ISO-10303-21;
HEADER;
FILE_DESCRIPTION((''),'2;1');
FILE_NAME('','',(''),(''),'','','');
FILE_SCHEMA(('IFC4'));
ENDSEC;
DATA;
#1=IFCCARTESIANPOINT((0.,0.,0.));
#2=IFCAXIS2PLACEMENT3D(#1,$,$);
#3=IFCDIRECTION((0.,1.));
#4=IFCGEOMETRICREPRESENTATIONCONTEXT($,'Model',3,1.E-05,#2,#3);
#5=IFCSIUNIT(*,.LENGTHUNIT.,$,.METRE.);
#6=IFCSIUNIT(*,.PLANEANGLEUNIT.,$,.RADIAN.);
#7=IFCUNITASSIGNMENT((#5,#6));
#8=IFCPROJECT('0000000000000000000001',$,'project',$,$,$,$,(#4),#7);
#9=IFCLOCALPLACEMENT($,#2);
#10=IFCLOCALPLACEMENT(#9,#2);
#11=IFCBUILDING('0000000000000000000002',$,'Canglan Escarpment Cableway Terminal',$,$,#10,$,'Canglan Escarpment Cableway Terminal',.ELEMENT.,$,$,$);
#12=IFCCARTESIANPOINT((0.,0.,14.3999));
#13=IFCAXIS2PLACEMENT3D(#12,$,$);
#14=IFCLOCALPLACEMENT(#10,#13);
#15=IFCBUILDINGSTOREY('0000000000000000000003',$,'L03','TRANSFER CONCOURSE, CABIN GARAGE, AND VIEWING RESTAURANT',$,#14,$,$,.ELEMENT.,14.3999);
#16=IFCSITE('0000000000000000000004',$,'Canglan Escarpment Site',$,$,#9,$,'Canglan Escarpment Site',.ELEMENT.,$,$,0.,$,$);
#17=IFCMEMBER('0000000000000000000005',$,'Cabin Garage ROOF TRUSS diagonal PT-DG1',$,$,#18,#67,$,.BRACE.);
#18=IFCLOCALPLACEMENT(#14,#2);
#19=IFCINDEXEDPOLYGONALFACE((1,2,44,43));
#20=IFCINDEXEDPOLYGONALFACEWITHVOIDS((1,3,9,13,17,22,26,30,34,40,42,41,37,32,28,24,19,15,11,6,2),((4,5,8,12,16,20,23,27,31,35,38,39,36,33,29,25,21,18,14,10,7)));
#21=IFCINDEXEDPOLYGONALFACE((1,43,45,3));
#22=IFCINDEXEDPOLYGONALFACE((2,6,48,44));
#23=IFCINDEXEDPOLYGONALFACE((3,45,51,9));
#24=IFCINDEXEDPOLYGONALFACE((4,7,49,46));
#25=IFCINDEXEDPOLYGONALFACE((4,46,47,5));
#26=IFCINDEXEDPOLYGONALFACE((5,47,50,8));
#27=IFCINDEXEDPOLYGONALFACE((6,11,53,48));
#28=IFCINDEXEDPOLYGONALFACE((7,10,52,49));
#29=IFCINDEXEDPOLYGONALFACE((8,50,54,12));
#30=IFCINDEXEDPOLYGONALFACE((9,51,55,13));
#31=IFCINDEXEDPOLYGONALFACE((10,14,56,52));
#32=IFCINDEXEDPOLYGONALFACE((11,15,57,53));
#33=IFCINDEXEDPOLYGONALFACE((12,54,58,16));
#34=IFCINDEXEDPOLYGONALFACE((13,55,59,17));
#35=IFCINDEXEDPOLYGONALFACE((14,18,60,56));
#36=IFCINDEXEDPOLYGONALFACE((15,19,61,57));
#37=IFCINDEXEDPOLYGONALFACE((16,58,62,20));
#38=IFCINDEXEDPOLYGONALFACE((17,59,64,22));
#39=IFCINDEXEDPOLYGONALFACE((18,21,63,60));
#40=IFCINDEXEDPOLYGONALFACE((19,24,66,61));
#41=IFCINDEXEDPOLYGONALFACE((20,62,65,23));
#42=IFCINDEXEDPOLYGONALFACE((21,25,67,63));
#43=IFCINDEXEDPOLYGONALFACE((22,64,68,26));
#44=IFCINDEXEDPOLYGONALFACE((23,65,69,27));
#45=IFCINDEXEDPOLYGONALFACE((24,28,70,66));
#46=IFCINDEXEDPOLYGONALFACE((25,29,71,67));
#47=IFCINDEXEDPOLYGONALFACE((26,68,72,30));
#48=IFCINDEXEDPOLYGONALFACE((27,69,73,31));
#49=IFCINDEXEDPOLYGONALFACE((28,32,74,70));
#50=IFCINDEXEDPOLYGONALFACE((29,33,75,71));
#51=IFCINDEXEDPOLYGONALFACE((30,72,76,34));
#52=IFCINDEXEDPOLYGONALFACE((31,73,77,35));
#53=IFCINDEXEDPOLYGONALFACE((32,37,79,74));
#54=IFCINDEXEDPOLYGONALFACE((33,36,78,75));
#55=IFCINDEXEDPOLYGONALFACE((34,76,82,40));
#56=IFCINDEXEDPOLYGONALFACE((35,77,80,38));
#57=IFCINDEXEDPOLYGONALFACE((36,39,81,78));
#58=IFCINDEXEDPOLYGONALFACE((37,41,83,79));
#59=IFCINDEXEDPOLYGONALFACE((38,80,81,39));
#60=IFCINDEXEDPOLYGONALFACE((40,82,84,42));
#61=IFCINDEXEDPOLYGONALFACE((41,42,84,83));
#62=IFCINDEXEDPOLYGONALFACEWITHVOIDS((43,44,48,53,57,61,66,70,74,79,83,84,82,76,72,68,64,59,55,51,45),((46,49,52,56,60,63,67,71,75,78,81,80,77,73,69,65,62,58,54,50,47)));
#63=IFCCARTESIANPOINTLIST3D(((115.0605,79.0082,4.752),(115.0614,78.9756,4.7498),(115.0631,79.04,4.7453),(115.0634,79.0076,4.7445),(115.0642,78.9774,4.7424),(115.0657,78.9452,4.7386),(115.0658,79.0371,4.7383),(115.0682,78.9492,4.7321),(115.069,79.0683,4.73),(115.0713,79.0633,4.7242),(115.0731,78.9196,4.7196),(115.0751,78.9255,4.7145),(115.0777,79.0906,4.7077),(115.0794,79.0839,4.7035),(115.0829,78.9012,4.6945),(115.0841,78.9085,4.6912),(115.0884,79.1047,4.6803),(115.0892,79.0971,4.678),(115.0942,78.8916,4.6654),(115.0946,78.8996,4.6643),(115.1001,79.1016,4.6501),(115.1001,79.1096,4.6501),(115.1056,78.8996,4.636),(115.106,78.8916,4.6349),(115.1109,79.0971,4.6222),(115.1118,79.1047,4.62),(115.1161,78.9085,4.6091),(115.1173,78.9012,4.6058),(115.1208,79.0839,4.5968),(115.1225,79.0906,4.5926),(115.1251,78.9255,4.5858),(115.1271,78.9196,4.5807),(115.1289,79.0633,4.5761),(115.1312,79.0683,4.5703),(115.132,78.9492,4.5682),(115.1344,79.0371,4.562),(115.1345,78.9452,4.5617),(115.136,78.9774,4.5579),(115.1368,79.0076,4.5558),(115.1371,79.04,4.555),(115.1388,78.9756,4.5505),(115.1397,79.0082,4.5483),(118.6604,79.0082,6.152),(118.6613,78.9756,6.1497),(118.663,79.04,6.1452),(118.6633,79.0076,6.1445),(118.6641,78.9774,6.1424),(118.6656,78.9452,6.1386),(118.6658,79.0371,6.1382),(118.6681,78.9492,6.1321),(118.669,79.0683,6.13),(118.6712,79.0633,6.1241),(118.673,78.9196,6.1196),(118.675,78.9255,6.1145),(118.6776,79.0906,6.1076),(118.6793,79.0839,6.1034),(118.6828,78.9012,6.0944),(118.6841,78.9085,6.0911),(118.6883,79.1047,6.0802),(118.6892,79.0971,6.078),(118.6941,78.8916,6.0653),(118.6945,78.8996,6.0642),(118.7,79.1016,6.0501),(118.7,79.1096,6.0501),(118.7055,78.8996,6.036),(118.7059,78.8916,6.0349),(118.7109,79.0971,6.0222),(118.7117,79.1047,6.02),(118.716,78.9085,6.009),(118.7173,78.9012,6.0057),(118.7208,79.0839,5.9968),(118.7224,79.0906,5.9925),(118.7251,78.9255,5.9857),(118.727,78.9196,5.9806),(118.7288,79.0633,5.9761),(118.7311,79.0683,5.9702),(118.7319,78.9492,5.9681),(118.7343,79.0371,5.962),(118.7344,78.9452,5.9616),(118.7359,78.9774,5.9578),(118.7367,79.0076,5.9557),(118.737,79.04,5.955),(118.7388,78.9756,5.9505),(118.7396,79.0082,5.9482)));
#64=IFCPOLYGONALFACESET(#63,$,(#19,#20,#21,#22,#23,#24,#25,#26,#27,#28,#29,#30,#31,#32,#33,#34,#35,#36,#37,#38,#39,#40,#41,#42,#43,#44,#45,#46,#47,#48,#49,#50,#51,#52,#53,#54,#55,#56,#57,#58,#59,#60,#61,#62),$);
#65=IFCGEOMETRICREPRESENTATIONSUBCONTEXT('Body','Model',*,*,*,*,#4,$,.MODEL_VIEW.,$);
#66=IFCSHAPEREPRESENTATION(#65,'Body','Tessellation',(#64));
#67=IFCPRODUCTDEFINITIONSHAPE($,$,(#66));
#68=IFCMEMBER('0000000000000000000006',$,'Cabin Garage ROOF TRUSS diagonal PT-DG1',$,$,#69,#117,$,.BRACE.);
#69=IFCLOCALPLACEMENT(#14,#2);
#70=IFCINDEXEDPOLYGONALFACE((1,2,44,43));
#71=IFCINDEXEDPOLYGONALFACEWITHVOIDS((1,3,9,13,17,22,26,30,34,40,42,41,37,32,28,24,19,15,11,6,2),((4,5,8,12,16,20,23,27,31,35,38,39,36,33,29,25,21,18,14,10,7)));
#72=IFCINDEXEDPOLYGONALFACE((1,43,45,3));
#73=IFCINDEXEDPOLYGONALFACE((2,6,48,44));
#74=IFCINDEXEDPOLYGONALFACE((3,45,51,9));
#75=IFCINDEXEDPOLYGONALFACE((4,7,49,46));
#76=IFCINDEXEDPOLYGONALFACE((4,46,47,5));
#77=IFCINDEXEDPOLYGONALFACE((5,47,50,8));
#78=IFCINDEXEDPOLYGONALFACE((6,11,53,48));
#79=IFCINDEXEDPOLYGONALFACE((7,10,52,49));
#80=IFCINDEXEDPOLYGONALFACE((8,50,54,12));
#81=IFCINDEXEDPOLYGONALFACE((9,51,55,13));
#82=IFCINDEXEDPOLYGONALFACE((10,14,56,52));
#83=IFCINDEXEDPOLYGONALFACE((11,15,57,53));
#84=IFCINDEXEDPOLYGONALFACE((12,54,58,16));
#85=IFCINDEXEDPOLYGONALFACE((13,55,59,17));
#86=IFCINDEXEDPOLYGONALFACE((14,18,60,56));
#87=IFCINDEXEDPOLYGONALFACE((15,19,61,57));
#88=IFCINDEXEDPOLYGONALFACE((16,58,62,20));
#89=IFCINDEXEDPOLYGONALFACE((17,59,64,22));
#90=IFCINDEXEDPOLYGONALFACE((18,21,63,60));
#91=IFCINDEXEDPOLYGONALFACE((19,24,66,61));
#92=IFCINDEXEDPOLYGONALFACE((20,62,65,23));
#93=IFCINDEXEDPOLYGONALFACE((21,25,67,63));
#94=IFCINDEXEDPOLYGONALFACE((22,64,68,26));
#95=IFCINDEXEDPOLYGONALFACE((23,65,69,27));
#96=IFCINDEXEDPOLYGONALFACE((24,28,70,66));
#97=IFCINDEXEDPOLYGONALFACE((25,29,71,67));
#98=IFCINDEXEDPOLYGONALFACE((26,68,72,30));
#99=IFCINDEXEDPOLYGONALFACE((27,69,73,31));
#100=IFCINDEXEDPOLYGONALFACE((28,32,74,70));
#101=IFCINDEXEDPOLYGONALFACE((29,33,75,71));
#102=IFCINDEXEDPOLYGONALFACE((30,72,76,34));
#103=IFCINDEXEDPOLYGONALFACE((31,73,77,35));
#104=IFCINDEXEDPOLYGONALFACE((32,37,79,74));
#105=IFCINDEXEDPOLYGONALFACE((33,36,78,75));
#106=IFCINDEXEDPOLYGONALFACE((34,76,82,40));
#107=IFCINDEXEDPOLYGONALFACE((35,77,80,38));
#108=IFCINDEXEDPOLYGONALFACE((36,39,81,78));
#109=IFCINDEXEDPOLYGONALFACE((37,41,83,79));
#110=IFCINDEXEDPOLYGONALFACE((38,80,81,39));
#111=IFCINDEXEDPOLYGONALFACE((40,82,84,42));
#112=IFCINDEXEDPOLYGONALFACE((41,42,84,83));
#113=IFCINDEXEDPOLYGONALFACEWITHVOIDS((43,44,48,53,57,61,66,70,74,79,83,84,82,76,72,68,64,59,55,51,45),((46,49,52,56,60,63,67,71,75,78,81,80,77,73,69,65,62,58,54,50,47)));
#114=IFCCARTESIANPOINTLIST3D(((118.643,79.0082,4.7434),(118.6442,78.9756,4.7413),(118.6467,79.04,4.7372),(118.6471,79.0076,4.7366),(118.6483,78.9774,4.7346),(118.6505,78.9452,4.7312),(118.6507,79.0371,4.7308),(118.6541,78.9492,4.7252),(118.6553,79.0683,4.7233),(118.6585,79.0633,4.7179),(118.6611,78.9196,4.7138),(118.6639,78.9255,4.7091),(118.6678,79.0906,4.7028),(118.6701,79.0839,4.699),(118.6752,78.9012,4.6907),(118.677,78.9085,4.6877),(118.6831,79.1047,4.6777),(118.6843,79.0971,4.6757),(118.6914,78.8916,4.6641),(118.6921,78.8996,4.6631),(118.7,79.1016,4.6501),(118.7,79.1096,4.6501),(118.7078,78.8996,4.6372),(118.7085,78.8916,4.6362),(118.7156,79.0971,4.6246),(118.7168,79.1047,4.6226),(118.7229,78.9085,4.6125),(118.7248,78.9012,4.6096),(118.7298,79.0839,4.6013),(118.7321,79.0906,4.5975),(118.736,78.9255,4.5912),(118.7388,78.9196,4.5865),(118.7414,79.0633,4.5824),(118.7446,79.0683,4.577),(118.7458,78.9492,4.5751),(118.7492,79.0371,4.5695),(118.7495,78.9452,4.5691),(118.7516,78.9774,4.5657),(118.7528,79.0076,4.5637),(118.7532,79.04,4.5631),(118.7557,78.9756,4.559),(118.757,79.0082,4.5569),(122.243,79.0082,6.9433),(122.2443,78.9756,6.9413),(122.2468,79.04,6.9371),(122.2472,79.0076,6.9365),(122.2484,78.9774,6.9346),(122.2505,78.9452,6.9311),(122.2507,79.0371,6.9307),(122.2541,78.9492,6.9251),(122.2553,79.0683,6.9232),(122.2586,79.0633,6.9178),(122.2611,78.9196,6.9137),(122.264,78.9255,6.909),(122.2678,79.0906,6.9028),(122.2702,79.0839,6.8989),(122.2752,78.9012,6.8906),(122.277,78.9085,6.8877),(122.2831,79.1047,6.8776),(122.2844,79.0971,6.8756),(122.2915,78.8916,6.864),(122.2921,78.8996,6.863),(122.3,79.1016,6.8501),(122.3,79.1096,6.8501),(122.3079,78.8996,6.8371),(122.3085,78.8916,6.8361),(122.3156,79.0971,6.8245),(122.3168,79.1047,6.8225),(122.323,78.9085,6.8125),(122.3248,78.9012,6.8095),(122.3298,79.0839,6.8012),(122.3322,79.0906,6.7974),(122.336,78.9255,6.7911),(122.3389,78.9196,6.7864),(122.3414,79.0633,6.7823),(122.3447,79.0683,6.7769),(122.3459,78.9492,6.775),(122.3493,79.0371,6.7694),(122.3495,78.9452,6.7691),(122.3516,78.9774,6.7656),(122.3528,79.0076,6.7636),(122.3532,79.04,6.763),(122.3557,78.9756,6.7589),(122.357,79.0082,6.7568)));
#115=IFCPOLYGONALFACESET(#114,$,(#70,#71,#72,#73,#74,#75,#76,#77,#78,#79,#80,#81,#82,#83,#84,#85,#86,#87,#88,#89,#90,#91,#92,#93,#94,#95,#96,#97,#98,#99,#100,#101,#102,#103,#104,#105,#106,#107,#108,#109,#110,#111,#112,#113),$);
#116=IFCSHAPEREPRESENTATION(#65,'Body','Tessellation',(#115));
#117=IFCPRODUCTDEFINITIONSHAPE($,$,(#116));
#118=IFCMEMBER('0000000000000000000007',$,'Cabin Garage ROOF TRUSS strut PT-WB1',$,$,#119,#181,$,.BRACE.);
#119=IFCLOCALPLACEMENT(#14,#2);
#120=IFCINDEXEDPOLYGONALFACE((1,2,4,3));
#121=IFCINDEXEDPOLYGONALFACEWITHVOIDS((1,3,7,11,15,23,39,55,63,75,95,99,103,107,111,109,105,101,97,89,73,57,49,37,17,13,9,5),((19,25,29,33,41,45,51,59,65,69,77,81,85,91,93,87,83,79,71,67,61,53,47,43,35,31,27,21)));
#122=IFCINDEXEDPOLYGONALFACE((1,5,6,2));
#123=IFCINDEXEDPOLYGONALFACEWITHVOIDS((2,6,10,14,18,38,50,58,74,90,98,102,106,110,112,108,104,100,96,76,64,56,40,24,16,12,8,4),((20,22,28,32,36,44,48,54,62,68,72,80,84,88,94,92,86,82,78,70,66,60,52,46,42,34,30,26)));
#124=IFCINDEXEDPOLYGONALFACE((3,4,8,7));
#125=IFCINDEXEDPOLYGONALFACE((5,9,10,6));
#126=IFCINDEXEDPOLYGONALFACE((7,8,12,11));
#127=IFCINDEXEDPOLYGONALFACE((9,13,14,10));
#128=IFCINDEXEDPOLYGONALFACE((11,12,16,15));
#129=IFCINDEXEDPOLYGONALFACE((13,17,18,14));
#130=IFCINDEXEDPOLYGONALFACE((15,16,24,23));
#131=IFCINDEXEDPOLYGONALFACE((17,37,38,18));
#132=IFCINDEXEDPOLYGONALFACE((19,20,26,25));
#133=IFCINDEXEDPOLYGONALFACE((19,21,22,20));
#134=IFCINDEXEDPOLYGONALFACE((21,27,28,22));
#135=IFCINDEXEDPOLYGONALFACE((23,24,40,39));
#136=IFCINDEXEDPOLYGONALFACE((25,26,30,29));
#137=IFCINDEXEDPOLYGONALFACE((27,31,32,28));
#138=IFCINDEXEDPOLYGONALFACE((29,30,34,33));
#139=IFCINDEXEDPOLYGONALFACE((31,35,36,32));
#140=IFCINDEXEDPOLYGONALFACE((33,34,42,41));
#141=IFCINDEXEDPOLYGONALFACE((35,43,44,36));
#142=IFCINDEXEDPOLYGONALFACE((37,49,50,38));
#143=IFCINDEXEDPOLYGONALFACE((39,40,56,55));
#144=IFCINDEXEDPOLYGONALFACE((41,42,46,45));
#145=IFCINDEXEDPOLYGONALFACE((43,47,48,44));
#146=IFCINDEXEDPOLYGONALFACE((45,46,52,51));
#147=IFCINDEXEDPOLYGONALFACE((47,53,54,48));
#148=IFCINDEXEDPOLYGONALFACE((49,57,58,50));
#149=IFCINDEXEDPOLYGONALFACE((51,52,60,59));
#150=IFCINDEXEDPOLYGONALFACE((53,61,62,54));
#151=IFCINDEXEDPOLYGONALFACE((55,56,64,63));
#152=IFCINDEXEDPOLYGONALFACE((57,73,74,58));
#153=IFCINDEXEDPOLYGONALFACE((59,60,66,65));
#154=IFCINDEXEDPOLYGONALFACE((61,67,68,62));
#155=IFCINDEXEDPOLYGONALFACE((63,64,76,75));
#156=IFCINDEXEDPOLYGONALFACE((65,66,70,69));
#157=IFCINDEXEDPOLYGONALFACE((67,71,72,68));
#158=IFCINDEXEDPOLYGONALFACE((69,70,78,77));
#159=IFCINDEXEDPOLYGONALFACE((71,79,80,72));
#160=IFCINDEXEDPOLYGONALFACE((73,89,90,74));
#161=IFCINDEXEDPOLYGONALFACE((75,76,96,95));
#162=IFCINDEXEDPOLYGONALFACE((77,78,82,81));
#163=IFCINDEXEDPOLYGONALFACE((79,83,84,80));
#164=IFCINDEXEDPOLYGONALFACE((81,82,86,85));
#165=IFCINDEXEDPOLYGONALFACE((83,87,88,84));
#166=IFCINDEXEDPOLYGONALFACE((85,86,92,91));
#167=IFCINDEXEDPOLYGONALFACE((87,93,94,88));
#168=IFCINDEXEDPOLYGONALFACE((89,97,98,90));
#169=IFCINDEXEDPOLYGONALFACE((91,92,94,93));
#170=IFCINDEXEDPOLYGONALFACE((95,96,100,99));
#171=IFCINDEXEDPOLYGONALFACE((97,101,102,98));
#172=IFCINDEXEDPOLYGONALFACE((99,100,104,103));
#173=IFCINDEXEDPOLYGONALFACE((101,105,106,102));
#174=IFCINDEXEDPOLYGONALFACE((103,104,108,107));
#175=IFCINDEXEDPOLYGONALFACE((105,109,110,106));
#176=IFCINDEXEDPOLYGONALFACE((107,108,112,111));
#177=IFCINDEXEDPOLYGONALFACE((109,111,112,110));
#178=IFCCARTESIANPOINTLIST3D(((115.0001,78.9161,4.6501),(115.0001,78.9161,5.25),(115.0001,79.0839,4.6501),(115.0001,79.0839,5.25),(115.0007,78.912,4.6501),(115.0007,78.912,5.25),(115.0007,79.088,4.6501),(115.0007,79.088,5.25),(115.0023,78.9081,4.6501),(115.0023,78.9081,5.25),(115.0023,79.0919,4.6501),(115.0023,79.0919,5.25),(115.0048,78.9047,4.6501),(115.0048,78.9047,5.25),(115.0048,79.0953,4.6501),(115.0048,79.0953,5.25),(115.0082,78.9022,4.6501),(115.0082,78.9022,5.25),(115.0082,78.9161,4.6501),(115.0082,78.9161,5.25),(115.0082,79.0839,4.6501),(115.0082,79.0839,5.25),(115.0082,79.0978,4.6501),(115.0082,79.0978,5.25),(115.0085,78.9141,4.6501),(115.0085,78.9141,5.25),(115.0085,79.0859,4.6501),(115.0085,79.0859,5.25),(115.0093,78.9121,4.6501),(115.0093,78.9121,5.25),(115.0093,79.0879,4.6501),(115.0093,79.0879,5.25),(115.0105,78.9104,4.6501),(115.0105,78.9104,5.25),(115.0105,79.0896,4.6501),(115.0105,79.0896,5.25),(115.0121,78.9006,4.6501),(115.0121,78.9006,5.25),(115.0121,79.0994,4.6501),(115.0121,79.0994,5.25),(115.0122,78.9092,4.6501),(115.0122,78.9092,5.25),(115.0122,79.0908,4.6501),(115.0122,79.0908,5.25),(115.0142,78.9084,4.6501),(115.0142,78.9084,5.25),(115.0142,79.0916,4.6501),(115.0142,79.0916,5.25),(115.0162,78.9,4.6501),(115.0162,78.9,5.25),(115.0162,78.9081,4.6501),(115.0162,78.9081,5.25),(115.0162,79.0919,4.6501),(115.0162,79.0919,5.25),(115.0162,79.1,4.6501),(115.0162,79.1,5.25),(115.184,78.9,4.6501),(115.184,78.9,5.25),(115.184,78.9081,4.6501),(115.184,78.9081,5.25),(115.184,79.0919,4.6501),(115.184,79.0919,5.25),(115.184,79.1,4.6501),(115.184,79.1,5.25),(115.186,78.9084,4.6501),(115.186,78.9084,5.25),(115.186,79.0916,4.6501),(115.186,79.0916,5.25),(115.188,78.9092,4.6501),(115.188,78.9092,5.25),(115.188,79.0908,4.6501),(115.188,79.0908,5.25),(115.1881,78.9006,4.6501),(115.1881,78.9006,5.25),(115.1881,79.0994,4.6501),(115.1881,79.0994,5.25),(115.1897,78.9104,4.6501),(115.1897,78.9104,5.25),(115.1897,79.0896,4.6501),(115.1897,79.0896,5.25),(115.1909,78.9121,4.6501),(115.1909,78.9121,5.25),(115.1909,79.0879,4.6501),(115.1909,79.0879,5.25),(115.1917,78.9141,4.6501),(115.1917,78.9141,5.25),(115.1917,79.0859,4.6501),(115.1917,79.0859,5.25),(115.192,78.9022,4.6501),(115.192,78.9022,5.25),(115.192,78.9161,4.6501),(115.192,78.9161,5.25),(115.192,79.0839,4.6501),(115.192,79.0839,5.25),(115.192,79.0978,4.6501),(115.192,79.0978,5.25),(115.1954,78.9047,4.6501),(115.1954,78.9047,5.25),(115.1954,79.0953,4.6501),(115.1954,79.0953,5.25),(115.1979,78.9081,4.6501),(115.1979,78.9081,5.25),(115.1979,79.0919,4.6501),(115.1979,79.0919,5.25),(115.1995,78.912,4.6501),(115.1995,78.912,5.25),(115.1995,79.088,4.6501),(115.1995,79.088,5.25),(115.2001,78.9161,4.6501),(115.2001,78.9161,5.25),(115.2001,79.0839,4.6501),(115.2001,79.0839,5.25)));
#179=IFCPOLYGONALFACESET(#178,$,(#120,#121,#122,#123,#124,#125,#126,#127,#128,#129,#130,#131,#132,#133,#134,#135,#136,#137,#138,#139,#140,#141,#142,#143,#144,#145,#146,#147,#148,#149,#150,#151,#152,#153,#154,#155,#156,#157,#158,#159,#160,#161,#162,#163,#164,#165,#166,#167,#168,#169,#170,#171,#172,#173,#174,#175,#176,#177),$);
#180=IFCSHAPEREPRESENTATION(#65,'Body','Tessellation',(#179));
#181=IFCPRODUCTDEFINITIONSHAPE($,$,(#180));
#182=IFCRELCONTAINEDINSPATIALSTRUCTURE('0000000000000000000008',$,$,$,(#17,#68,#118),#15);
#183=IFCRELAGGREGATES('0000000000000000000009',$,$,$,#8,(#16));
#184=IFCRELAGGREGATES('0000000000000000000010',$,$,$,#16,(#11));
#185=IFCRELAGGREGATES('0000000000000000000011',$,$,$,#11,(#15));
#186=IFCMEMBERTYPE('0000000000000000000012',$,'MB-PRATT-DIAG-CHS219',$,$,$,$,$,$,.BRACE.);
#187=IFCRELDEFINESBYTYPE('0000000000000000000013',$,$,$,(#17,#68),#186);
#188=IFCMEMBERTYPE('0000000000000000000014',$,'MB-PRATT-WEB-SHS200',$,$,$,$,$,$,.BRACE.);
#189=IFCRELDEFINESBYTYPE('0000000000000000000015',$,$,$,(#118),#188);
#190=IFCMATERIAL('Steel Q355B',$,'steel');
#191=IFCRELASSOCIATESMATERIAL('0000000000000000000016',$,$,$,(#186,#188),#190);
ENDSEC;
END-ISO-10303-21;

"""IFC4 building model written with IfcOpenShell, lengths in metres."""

from ifc_helpers import new_model, si_unit, direction, frame, origin, origin_2d, place, context, subcontext, project, spatial, hollow_rectangle, hollow_circle, extrude, material, material_profile, profile_set, type_object, element, save


model = new_model("IFC4")

# Units and contexts
model_context = context("Model", 3, precision=1e-05, world=origin(), true_north=direction((0.0, 1.0)))
body_context = subcontext(model_context, "Body", "Model", "MODEL_VIEW")
ifc_project = project(units=[si_unit("LENGTHUNIT", "METRE"), si_unit("PLANEANGLEUNIT", "RADIAN")], contexts=[model_context])

# Site, building, storey
site_placement = place(None, origin())
site = spatial("IfcSite", under=ifc_project, at=site_placement, Name="Canglan Escarpment Site", LongName="Canglan Escarpment Site", CompositionType="ELEMENT", RefElevation=0.0)
building_placement = place(site_placement, origin())
building = spatial("IfcBuilding", under=site, at=building_placement, Name="Canglan Escarpment Cableway Terminal", LongName="Canglan Escarpment Cableway Terminal", CompositionType="ELEMENT")
storey_placement = place(building_placement, frame((0.0, 0.0, 14.3999)))
storey = spatial("IfcBuildingStorey", under=building, at=storey_placement, Name="L03", Description="TRANSFER CONCOURSE, CABIN GARAGE, AND VIEWING RESTAURANT", CompositionType="ELEMENT", Elevation=14.3999)

# Shared definitions
ifc_material_1 = material(Name="Steel Q355B", Category="steel")

# Members
ifc_material_profile_1 = material_profile(ifc_material_1, hollow_circle(Radius=0.1096, WallThickness=0.0081, at=origin_2d()), Name="CHS 219.1x8")
ifc_profile_set_1 = profile_set([ifc_material_profile_1], Name="Steel Q355B")
member_type_1 = type_object("IfcMemberType", Name="MB-PRATT-DIAG-CHS219", PredefinedType="BRACE", material=ifc_profile_set_1)
member_1_placement = place(storey_placement, frame((115.1001, 79.0, 4.6501), z_axis=(0.932008, 0.0, 0.362437), x_axis=(0.0, 1.0, 0.0)))
element("IfcMember", 1, at=member_1_placement, inside=storey, type_object=member_type_1, Name="Cabin Garage ROOF TRUSS diagonal PT-DG1", PredefinedType="BRACE", context=body_context, shape_type="SweptSolid", body=[
    extrude(hollow_circle(Radius=0.1096, WallThickness=0.0081, at=origin_2d()), origin(), (0.0, 0.0, 1.0), 3.8625),
])
member_2_placement = place(storey_placement, frame((118.7, 79.0, 4.6501), z_axis=(0.853293, 0.0, 0.521431), x_axis=(0.0, 1.0, 0.0)))
element("IfcMember", 2, at=member_2_placement, inside=storey, type_object=member_type_1, Name="Cabin Garage ROOF TRUSS diagonal PT-DG1", PredefinedType="BRACE", context=body_context, shape_type="SweptSolid", body=[
    extrude(hollow_circle(Radius=0.1096, WallThickness=0.0081, at=origin_2d()), origin(), (0.0, 0.0, 1.0), 4.219),
])
ifc_material_profile_2 = material_profile(ifc_material_1, hollow_rectangle(XDim=0.2, YDim=0.2, WallThickness=0.0081, InnerFilletRadius=0.0081, OuterFilletRadius=0.0161, at=origin_2d()), Name="SHS 200x200x8")
ifc_profile_set_2 = profile_set([ifc_material_profile_2], Name="Steel Q355B")
member_type_2 = type_object("IfcMemberType", Name="MB-PRATT-WEB-SHS200", PredefinedType="BRACE", material=ifc_profile_set_2)
member_3_placement = place(storey_placement, frame((115.1001, 79.0, 4.6501), z_axis=(0.0, 0.0, 1.0), x_axis=(1.0, 0.0, 0.0)))
element("IfcMember", 3, at=member_3_placement, inside=storey, type_object=member_type_2, Name="Cabin Garage ROOF TRUSS strut PT-WB1", PredefinedType="BRACE", context=body_context, shape_type="SweptSolid", body=[
    extrude(hollow_rectangle(XDim=0.2, YDim=0.2, WallThickness=0.0081, InnerFilletRadius=0.0081, OuterFilletRadius=0.0161, at=origin_2d()), origin(), (0.0, 0.0, 1.0), 0.5999),
])

save(model, "model.ifc")
